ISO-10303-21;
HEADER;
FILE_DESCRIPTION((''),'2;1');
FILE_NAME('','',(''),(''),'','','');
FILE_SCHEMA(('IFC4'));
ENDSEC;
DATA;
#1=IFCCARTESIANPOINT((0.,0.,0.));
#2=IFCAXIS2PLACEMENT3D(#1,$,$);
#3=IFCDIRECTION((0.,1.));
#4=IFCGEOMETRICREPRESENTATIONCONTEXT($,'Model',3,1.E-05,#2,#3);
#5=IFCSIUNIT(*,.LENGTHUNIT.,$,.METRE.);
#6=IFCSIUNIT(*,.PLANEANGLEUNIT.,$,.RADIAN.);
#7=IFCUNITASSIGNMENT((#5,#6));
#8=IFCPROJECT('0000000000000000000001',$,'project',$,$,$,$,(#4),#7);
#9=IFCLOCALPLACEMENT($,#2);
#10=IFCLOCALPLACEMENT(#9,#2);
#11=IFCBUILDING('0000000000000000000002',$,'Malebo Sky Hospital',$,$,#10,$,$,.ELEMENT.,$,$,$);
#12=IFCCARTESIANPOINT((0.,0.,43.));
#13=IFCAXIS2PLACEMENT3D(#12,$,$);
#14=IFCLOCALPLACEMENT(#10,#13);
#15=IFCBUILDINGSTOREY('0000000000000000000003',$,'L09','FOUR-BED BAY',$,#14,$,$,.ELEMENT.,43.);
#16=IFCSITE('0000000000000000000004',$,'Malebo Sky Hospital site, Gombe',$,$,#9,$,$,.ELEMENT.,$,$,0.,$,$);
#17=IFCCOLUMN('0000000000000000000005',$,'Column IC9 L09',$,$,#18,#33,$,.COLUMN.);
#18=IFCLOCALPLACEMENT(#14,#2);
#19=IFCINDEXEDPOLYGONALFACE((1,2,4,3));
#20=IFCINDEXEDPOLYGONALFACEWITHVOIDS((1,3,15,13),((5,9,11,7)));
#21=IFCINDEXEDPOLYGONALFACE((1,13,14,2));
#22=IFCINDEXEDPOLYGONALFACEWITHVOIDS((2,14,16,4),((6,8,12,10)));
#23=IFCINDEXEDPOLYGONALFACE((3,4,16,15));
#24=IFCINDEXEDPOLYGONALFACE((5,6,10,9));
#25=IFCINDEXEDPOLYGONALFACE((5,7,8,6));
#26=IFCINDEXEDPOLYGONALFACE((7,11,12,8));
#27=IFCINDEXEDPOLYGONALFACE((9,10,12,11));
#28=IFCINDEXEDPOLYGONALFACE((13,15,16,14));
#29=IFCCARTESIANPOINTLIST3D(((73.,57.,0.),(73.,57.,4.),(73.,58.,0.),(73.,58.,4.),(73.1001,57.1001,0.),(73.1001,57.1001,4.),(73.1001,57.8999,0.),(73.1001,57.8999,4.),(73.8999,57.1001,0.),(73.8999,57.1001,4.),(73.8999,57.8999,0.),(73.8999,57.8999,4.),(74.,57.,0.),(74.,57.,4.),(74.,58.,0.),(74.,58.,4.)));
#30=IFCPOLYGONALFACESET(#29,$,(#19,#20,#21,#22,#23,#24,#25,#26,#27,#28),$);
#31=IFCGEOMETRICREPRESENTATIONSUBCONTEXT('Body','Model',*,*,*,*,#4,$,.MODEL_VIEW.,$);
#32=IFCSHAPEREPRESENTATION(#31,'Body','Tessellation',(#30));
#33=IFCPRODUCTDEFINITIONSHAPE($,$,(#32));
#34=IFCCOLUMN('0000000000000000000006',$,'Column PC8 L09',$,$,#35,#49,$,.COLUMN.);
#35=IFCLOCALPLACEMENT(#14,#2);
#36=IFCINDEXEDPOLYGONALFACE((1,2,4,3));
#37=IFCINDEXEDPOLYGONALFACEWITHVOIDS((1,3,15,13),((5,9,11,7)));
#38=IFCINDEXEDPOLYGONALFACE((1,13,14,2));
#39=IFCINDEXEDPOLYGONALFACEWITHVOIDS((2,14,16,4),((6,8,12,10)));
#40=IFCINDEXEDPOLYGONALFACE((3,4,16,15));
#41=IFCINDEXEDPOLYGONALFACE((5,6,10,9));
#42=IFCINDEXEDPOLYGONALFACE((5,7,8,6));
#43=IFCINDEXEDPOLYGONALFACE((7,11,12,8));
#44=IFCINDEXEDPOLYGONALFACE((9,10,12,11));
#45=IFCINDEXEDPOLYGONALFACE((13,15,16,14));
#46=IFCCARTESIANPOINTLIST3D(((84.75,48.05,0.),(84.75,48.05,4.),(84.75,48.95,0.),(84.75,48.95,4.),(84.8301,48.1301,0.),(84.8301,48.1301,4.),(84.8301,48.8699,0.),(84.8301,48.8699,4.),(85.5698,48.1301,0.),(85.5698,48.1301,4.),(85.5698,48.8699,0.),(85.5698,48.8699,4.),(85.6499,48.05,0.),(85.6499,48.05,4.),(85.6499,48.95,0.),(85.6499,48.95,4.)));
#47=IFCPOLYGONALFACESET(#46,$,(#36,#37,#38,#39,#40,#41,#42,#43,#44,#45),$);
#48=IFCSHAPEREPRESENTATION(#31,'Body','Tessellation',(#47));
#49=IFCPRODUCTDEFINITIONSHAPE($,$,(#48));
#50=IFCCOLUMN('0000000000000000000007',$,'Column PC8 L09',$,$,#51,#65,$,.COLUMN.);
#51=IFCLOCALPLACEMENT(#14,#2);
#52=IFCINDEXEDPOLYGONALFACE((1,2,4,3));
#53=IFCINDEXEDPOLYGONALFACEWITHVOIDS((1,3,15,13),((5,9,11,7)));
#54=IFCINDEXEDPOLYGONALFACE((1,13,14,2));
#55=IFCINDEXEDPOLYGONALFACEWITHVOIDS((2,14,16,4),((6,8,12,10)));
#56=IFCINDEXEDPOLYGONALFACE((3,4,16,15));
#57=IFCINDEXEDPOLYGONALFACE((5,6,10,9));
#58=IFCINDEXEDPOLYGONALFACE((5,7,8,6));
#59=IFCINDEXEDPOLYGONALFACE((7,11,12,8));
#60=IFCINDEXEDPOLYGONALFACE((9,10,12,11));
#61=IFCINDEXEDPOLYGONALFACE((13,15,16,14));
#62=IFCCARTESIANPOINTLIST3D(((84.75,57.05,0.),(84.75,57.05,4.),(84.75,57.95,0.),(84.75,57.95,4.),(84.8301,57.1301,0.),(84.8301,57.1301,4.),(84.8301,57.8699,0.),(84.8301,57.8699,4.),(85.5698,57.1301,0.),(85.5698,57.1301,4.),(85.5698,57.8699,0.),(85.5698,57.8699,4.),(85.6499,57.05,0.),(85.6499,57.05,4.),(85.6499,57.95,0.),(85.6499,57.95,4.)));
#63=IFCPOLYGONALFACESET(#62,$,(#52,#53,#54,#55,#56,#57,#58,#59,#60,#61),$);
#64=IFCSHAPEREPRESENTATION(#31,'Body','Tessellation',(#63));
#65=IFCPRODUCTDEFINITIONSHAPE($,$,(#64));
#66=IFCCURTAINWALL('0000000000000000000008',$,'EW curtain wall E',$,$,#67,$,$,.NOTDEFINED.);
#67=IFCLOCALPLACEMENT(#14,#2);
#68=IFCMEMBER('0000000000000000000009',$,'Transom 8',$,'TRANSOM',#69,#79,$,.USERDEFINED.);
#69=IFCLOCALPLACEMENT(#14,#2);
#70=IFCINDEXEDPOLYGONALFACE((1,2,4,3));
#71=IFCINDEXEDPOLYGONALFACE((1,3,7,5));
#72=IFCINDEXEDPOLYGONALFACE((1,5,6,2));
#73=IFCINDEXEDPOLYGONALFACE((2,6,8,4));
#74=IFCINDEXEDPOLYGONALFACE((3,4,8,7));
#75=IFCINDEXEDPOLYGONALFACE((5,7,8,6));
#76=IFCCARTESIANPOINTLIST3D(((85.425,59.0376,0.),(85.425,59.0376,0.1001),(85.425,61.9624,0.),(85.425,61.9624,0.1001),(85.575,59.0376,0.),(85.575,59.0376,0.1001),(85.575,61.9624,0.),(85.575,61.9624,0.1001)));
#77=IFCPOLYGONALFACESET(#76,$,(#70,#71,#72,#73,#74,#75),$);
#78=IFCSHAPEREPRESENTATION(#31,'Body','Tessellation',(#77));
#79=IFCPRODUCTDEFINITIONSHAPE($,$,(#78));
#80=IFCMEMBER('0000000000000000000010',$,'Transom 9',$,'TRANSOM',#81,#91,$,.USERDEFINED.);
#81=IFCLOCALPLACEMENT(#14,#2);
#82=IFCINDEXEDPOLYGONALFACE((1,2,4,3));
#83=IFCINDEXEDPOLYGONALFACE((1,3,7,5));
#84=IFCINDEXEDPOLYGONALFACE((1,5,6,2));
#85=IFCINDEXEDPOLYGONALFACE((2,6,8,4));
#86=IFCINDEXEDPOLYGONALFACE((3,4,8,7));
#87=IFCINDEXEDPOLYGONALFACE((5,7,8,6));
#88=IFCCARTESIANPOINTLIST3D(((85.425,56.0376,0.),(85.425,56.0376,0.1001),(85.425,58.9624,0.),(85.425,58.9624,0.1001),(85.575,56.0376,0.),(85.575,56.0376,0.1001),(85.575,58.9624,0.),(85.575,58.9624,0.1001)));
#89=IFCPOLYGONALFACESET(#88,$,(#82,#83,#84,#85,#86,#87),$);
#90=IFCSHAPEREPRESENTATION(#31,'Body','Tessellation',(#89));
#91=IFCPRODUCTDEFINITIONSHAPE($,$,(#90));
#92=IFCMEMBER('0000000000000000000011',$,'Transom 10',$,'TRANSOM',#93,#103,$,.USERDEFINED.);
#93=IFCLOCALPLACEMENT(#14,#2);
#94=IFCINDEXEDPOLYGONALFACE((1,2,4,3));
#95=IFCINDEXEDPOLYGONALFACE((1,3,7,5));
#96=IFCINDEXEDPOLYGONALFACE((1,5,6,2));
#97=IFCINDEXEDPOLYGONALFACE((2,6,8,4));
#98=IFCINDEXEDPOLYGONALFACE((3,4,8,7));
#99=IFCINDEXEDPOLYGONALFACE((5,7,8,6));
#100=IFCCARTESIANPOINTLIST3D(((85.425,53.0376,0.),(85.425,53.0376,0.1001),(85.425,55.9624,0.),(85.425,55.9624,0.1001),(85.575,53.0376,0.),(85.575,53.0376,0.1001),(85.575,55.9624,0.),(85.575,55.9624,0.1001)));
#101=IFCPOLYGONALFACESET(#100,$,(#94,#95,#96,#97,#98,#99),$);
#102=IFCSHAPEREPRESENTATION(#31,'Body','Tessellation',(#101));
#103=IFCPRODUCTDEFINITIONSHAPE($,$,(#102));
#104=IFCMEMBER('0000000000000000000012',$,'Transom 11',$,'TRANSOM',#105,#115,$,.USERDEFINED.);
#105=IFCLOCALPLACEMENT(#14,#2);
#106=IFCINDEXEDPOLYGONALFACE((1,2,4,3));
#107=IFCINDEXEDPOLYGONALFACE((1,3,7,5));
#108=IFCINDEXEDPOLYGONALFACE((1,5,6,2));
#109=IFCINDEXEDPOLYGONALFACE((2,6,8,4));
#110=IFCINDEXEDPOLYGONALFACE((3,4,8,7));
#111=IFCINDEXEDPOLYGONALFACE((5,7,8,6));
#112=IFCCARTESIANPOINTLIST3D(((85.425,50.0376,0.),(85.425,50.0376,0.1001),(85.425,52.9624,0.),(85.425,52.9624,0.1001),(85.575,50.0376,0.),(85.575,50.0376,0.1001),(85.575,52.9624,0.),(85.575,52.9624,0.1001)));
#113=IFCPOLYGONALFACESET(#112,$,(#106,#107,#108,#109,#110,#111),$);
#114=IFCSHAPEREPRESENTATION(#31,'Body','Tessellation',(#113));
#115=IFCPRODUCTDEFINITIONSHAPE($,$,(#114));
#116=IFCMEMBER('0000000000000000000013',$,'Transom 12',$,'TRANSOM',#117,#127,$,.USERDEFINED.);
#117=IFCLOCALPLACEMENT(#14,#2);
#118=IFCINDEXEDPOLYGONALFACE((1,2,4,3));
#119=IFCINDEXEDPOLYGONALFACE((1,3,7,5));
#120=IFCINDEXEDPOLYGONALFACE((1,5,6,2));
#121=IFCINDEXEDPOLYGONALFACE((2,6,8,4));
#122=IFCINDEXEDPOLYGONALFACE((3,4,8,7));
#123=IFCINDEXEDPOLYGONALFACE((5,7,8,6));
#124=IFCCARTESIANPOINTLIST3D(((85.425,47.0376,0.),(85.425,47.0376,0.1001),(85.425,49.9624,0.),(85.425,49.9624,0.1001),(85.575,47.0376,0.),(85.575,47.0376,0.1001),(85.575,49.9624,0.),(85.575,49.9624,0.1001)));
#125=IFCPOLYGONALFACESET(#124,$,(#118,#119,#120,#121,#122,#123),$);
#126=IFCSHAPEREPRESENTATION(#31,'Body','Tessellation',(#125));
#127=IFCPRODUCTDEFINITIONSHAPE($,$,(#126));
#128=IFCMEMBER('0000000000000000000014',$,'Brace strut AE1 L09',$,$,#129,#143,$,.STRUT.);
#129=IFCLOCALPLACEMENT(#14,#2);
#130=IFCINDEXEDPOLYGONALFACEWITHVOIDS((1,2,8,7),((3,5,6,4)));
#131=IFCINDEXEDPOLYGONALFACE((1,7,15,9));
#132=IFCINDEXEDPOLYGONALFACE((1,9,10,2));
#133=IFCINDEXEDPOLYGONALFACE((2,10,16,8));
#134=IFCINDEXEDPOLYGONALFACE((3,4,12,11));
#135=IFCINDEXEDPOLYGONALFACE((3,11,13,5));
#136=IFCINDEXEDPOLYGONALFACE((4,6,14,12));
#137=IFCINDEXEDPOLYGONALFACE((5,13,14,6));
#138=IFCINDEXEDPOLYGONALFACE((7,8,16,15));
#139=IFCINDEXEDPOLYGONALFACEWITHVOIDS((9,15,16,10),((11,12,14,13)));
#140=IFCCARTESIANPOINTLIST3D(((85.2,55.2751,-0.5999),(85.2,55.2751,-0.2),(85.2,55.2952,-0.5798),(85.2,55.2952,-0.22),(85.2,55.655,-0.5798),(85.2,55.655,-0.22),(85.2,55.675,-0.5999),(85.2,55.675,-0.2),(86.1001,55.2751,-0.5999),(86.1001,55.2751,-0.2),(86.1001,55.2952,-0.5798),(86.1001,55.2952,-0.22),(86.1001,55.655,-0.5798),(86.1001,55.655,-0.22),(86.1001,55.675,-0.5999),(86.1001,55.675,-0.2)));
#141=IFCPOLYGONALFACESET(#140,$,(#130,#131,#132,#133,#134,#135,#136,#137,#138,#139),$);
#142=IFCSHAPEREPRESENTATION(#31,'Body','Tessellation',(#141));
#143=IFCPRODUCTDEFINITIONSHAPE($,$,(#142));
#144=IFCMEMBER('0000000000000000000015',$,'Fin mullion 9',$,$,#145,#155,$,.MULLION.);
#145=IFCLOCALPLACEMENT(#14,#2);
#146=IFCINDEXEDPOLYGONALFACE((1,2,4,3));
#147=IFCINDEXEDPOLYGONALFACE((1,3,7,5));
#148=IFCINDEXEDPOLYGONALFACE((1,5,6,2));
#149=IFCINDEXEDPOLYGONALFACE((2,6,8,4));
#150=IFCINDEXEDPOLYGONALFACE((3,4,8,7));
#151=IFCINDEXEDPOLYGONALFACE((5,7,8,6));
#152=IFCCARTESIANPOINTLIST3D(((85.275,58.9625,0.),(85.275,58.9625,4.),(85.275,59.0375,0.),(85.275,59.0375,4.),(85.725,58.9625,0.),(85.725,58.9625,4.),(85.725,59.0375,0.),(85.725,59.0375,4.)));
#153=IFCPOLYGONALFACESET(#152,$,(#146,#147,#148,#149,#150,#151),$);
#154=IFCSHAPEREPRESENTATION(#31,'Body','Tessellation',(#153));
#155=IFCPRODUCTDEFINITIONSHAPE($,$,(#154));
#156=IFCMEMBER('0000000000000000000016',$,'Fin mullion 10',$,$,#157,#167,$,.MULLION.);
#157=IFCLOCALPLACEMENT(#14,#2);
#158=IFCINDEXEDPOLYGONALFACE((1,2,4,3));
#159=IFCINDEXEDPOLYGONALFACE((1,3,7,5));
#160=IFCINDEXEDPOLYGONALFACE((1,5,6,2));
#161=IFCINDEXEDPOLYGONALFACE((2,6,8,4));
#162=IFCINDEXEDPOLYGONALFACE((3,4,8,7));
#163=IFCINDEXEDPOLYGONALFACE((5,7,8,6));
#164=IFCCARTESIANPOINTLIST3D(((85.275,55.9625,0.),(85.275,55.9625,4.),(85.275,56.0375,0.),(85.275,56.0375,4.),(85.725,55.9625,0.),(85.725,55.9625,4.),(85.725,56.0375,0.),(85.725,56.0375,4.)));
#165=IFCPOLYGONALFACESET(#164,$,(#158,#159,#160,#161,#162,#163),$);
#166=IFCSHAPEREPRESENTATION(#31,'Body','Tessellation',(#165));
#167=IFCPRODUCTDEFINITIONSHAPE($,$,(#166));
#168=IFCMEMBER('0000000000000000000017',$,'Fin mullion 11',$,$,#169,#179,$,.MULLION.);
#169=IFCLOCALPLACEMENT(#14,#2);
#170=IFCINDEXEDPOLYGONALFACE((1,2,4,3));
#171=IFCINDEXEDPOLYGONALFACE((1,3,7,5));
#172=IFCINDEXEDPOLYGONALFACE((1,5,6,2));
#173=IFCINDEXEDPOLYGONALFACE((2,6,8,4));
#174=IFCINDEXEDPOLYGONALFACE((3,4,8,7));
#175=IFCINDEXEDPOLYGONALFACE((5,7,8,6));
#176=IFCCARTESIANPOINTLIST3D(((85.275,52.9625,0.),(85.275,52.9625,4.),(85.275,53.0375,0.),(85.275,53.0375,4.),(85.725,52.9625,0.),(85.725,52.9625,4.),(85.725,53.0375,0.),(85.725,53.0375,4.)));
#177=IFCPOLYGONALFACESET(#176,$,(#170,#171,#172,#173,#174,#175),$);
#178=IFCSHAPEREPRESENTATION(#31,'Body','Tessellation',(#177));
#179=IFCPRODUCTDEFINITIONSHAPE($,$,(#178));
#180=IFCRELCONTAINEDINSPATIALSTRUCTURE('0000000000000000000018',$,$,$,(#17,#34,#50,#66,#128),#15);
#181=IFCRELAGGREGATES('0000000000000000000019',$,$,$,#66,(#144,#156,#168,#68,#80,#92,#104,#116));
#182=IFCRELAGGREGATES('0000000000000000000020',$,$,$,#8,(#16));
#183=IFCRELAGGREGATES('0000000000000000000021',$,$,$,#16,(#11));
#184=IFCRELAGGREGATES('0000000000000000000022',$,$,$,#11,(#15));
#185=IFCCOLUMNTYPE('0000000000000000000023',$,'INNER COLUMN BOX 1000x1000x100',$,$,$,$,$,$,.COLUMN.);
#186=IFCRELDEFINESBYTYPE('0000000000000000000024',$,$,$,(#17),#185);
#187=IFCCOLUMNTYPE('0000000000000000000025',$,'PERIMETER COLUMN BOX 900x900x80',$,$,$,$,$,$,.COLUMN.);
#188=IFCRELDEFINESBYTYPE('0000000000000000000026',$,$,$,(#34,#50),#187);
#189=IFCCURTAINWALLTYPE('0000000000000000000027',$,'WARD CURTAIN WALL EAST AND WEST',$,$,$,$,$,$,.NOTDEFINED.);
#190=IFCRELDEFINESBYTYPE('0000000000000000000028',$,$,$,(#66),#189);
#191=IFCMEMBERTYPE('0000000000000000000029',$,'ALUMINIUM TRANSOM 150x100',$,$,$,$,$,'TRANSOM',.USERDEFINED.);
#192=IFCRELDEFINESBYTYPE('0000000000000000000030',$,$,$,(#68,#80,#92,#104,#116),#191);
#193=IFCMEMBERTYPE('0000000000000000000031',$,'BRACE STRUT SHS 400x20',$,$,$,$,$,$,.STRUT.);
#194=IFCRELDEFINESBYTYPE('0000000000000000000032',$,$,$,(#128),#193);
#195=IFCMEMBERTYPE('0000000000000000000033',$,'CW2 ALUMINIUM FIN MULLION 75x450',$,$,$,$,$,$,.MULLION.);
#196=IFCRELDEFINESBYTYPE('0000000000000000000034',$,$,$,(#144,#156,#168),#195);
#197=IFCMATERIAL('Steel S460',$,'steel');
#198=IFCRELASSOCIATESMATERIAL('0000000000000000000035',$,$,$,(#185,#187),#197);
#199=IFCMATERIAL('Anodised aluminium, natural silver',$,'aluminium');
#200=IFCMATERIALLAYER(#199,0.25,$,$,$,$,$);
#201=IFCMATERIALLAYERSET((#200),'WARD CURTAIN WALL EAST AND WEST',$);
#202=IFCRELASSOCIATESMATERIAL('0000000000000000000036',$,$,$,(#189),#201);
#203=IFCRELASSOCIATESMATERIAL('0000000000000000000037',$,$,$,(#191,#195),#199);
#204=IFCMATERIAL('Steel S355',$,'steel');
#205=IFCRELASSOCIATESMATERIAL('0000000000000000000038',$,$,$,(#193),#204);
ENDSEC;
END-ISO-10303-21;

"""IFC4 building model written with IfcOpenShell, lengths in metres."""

from ifc_helpers import new_model, si_unit, direction, frame, origin, origin_2d, place, context, subcontext, project, spatial, rectangle, hollow_rectangle, extrude, material, layer, layer_set, material_profile, profile_set, type_object, element, aggregate, save


model = new_model("IFC4")

# Units and contexts
model_context = context("Model", 3, precision=1e-05, world=origin(), true_north=direction((0.0, 1.0)))
body_context = subcontext(model_context, "Body", "Model", "MODEL_VIEW")
ifc_project = project(units=[si_unit("LENGTHUNIT", "METRE"), si_unit("PLANEANGLEUNIT", "RADIAN")], contexts=[model_context])

# Site, building, storey
site_placement = place(None, origin())
site = spatial("IfcSite", under=ifc_project, at=site_placement, Name="Malebo Sky Hospital site, Gombe", CompositionType="ELEMENT", RefElevation=0.0)
building_placement = place(site_placement, origin())
building = spatial("IfcBuilding", under=site, at=building_placement, Name="Malebo Sky Hospital", CompositionType="ELEMENT")
storey_placement = place(building_placement, frame((0.0, 0.0, 43.0)))
storey = spatial("IfcBuildingStorey", under=building, at=storey_placement, Name="L09", Description="FOUR-BED BAY", CompositionType="ELEMENT", Elevation=43.0)

# Columns
ifc_material_1 = material(Name="Steel S460", Category="steel")
ifc_material_profile_1 = material_profile(ifc_material_1, hollow_rectangle(XDim=1.0, YDim=1.0, WallThickness=0.1001, at=origin_2d()), Name="BOX 1000x1000x100")
ifc_profile_set_1 = profile_set([ifc_material_profile_1], Name="Steel S460")
column_type_1 = type_object("IfcColumnType", Name="INNER COLUMN BOX 1000x1000x100", PredefinedType="COLUMN", material=ifc_profile_set_1)
column_placement = place(storey_placement, frame((73.5, 57.5, 0.0), z_axis=(0.0, 0.0, 1.0), x_axis=(1.0, 0.0, 0.0)))
element("IfcColumn", 1, at=column_placement, inside=storey, type_object=column_type_1, Name="Column IC9 L09", PredefinedType="COLUMN", context=body_context, shape_type="SweptSolid", body=[
    extrude(hollow_rectangle(XDim=1.0, YDim=1.0, WallThickness=0.1001, at=origin_2d()), origin(), (0.0, 0.0, 1.0), 4.0),
])
ifc_material_profile_2 = material_profile(ifc_material_1, hollow_rectangle(XDim=0.8999, YDim=0.8999, WallThickness=0.0801, at=origin_2d()), Name="BOX 900x900x80")
ifc_profile_set_2 = profile_set([ifc_material_profile_2], Name="Steel S460")
column_type_2 = type_object("IfcColumnType", Name="PERIMETER COLUMN BOX 900x900x80", PredefinedType="COLUMN", material=ifc_profile_set_2)
for number, where, z_axis, x_axis, name in (
    (2, (85.2, 48.5, 0.0), (0.0, 0.0, 1.0), (1.0, 0.0, 0.0), "Column PC8 L09"),
    (3, (85.2, 57.5, 0.0), (0.0, 0.0, 1.0), (1.0, 0.0, 0.0), "Column PC8 L09"),
):
    element("IfcColumn", number, at=place(storey_placement, frame(where, z_axis=z_axis, x_axis=x_axis)), inside=storey, type_object=column_type_2, Name=name, PredefinedType="COLUMN", context=body_context, shape_type="SweptSolid", body=[
        extrude(hollow_rectangle(XDim=0.8999, YDim=0.8999, WallThickness=0.0801, at=origin_2d()), origin(), (0.0, 0.0, 1.0), 4.0),
    ])

# Curtain wall, members
ifc_material_2 = material(Name="Anodised aluminium, natural silver", Category="aluminium")
ifc_layer_1 = layer(ifc_material_2, 0.25)
ifc_layer_set_1 = layer_set([ifc_layer_1], Name="WARD CURTAIN WALL EAST AND WEST")
curtain_wall_type = type_object("IfcCurtainWallType", Name="WARD CURTAIN WALL EAST AND WEST", PredefinedType="NOTDEFINED", material=ifc_layer_set_1)
curtain_wall_placement = place(storey_placement, origin())
curtain_wall = element("IfcCurtainWall", 4, at=curtain_wall_placement, inside=storey, type_object=curtain_wall_type, Name="EW curtain wall E", PredefinedType="NOTDEFINED")
ifc_material_profile_3 = material_profile(ifc_material_2, rectangle(XDim=0.1499, YDim=0.1001, at=origin_2d()), Name="ALUMINIUM TRANSOM 150x100")
ifc_profile_set_3 = profile_set([ifc_material_profile_3], Name="Anodised aluminium, natural silver")
member_type_1 = type_object("IfcMemberType", Name="ALUMINIUM TRANSOM 150x100", ElementType="TRANSOM", PredefinedType="USERDEFINED", material=ifc_profile_set_3)
member_1_placement = place(storey_placement, frame((85.5, 61.9624, 0.05), z_axis=(0.0, -1.0, 0.0), x_axis=(1.0, 0.0, 0.0)))
member_1 = element("IfcMember", 5, at=member_1_placement, type_object=member_type_1, Name="Transom 8", ObjectType="TRANSOM", PredefinedType="USERDEFINED", context=body_context, shape_type="SweptSolid", body=[
    extrude(rectangle(XDim=0.1499, YDim=0.1001, at=origin_2d()), origin(), (0.0, 0.0, 1.0), 2.9248),
])
member_2_placement = place(storey_placement, frame((85.5, 58.9624, 0.05), z_axis=(0.0, -1.0, 0.0), x_axis=(1.0, 0.0, 0.0)))
member_2 = element("IfcMember", 6, at=member_2_placement, type_object=member_type_1, Name="Transom 9", ObjectType="TRANSOM", PredefinedType="USERDEFINED", context=body_context, shape_type="SweptSolid", body=[
    extrude(rectangle(XDim=0.1499, YDim=0.1001, at=origin_2d()), origin(), (0.0, 0.0, 1.0), 2.9248),
])
member_3_placement = place(storey_placement, frame((85.5, 55.9624, 0.05), z_axis=(0.0, -1.0, 0.0), x_axis=(1.0, 0.0, 0.0)))
member_3 = element("IfcMember", 7, at=member_3_placement, type_object=member_type_1, Name="Transom 10", ObjectType="TRANSOM", PredefinedType="USERDEFINED", context=body_context, shape_type="SweptSolid", body=[
    extrude(rectangle(XDim=0.1499, YDim=0.1001, at=origin_2d()), origin(), (0.0, 0.0, 1.0), 2.9248),
])
member_4_placement = place(storey_placement, frame((85.5, 52.9624, 0.05), z_axis=(0.0, -1.0, 0.0), x_axis=(1.0, 0.0, 0.0)))
member_4 = element("IfcMember", 8, at=member_4_placement, type_object=member_type_1, Name="Transom 11", ObjectType="TRANSOM", PredefinedType="USERDEFINED", context=body_context, shape_type="SweptSolid", body=[
    extrude(rectangle(XDim=0.1499, YDim=0.1001, at=origin_2d()), origin(), (0.0, 0.0, 1.0), 2.9248),
])
member_5_placement = place(storey_placement, frame((85.5, 49.9624, 0.05), z_axis=(0.0, -1.0, 0.0), x_axis=(1.0, 0.0, 0.0)))
member_5 = element("IfcMember", 9, at=member_5_placement, type_object=member_type_1, Name="Transom 12", ObjectType="TRANSOM", PredefinedType="USERDEFINED", context=body_context, shape_type="SweptSolid", body=[
    extrude(rectangle(XDim=0.1499, YDim=0.1001, at=origin_2d()), origin(), (0.0, 0.0, 1.0), 2.9248),
])

# Members
ifc_material_3 = material(Name="Steel S355", Category="steel")
ifc_material_profile_4 = material_profile(ifc_material_3, hollow_rectangle(XDim=0.3999, YDim=0.3999, WallThickness=0.02, at=origin_2d()), Name="SHS 400x20")
ifc_profile_set_4 = profile_set([ifc_material_profile_4], Name="Steel S355")
member_type_2 = type_object("IfcMemberType", Name="BRACE STRUT SHS 400x20", PredefinedType="STRUT", material=ifc_profile_set_4)
member_6_placement = place(storey_placement, frame((86.1001, 55.4751, -0.3999), z_axis=(-1.0, 0.0, 0.0), x_axis=(0.0, -1.0, 0.0)))
element("IfcMember", 10, at=member_6_placement, inside=storey, type_object=member_type_2, Name="Brace strut AE1 L09", PredefinedType="STRUT", context=body_context, shape_type="SweptSolid", body=[
    extrude(hollow_rectangle(XDim=0.3999, YDim=0.3999, WallThickness=0.02, at=origin_2d()), origin(), (0.0, 0.0, 1.0), 0.9001),
])
ifc_material_profile_5 = material_profile(ifc_material_2, rectangle(XDim=0.075, YDim=0.45, at=origin_2d()), Name="CW2 ALUMINIUM FIN MULLION 75x450")
ifc_profile_set_5 = profile_set([ifc_material_profile_5], Name="Anodised aluminium, natural silver")
member_type_3 = type_object("IfcMemberType", Name="CW2 ALUMINIUM FIN MULLION 75x450", PredefinedType="MULLION", material=ifc_profile_set_5)
member_7_placement = place(storey_placement, frame((85.5, 59.0, 0.0), z_axis=(0.0, 0.0, 1.0), x_axis=(0.0, -1.0, 0.0)))
member_7 = element("IfcMember", 11, at=member_7_placement, type_object=member_type_3, Name="Fin mullion 9", PredefinedType="MULLION", context=body_context, shape_type="SweptSolid", body=[
    extrude(rectangle(XDim=0.075, YDim=0.45, at=origin_2d()), origin(), (0.0, 0.0, 1.0), 4.0),
])
member_8_placement = place(storey_placement, frame((85.5, 56.0, 0.0), z_axis=(0.0, 0.0, 1.0), x_axis=(0.0, -1.0, 0.0)))
member_8 = element("IfcMember", 12, at=member_8_placement, type_object=member_type_3, Name="Fin mullion 10", PredefinedType="MULLION", context=body_context, shape_type="SweptSolid", body=[
    extrude(rectangle(XDim=0.075, YDim=0.45, at=origin_2d()), origin(), (0.0, 0.0, 1.0), 4.0),
])
member_9_placement = place(storey_placement, frame((85.5, 53.0, 0.0), z_axis=(0.0, 0.0, 1.0), x_axis=(0.0, -1.0, 0.0)))
member_9 = element("IfcMember", 13, at=member_9_placement, type_object=member_type_3, Name="Fin mullion 11", PredefinedType="MULLION", context=body_context, shape_type="SweptSolid", body=[
    extrude(rectangle(XDim=0.075, YDim=0.45, at=origin_2d()), origin(), (0.0, 0.0, 1.0), 4.0),
])

aggregate(curtain_wall, [member_7, member_8, member_9, member_1, member_2, member_3, member_4, member_5])

save(model, "model.ifc")
